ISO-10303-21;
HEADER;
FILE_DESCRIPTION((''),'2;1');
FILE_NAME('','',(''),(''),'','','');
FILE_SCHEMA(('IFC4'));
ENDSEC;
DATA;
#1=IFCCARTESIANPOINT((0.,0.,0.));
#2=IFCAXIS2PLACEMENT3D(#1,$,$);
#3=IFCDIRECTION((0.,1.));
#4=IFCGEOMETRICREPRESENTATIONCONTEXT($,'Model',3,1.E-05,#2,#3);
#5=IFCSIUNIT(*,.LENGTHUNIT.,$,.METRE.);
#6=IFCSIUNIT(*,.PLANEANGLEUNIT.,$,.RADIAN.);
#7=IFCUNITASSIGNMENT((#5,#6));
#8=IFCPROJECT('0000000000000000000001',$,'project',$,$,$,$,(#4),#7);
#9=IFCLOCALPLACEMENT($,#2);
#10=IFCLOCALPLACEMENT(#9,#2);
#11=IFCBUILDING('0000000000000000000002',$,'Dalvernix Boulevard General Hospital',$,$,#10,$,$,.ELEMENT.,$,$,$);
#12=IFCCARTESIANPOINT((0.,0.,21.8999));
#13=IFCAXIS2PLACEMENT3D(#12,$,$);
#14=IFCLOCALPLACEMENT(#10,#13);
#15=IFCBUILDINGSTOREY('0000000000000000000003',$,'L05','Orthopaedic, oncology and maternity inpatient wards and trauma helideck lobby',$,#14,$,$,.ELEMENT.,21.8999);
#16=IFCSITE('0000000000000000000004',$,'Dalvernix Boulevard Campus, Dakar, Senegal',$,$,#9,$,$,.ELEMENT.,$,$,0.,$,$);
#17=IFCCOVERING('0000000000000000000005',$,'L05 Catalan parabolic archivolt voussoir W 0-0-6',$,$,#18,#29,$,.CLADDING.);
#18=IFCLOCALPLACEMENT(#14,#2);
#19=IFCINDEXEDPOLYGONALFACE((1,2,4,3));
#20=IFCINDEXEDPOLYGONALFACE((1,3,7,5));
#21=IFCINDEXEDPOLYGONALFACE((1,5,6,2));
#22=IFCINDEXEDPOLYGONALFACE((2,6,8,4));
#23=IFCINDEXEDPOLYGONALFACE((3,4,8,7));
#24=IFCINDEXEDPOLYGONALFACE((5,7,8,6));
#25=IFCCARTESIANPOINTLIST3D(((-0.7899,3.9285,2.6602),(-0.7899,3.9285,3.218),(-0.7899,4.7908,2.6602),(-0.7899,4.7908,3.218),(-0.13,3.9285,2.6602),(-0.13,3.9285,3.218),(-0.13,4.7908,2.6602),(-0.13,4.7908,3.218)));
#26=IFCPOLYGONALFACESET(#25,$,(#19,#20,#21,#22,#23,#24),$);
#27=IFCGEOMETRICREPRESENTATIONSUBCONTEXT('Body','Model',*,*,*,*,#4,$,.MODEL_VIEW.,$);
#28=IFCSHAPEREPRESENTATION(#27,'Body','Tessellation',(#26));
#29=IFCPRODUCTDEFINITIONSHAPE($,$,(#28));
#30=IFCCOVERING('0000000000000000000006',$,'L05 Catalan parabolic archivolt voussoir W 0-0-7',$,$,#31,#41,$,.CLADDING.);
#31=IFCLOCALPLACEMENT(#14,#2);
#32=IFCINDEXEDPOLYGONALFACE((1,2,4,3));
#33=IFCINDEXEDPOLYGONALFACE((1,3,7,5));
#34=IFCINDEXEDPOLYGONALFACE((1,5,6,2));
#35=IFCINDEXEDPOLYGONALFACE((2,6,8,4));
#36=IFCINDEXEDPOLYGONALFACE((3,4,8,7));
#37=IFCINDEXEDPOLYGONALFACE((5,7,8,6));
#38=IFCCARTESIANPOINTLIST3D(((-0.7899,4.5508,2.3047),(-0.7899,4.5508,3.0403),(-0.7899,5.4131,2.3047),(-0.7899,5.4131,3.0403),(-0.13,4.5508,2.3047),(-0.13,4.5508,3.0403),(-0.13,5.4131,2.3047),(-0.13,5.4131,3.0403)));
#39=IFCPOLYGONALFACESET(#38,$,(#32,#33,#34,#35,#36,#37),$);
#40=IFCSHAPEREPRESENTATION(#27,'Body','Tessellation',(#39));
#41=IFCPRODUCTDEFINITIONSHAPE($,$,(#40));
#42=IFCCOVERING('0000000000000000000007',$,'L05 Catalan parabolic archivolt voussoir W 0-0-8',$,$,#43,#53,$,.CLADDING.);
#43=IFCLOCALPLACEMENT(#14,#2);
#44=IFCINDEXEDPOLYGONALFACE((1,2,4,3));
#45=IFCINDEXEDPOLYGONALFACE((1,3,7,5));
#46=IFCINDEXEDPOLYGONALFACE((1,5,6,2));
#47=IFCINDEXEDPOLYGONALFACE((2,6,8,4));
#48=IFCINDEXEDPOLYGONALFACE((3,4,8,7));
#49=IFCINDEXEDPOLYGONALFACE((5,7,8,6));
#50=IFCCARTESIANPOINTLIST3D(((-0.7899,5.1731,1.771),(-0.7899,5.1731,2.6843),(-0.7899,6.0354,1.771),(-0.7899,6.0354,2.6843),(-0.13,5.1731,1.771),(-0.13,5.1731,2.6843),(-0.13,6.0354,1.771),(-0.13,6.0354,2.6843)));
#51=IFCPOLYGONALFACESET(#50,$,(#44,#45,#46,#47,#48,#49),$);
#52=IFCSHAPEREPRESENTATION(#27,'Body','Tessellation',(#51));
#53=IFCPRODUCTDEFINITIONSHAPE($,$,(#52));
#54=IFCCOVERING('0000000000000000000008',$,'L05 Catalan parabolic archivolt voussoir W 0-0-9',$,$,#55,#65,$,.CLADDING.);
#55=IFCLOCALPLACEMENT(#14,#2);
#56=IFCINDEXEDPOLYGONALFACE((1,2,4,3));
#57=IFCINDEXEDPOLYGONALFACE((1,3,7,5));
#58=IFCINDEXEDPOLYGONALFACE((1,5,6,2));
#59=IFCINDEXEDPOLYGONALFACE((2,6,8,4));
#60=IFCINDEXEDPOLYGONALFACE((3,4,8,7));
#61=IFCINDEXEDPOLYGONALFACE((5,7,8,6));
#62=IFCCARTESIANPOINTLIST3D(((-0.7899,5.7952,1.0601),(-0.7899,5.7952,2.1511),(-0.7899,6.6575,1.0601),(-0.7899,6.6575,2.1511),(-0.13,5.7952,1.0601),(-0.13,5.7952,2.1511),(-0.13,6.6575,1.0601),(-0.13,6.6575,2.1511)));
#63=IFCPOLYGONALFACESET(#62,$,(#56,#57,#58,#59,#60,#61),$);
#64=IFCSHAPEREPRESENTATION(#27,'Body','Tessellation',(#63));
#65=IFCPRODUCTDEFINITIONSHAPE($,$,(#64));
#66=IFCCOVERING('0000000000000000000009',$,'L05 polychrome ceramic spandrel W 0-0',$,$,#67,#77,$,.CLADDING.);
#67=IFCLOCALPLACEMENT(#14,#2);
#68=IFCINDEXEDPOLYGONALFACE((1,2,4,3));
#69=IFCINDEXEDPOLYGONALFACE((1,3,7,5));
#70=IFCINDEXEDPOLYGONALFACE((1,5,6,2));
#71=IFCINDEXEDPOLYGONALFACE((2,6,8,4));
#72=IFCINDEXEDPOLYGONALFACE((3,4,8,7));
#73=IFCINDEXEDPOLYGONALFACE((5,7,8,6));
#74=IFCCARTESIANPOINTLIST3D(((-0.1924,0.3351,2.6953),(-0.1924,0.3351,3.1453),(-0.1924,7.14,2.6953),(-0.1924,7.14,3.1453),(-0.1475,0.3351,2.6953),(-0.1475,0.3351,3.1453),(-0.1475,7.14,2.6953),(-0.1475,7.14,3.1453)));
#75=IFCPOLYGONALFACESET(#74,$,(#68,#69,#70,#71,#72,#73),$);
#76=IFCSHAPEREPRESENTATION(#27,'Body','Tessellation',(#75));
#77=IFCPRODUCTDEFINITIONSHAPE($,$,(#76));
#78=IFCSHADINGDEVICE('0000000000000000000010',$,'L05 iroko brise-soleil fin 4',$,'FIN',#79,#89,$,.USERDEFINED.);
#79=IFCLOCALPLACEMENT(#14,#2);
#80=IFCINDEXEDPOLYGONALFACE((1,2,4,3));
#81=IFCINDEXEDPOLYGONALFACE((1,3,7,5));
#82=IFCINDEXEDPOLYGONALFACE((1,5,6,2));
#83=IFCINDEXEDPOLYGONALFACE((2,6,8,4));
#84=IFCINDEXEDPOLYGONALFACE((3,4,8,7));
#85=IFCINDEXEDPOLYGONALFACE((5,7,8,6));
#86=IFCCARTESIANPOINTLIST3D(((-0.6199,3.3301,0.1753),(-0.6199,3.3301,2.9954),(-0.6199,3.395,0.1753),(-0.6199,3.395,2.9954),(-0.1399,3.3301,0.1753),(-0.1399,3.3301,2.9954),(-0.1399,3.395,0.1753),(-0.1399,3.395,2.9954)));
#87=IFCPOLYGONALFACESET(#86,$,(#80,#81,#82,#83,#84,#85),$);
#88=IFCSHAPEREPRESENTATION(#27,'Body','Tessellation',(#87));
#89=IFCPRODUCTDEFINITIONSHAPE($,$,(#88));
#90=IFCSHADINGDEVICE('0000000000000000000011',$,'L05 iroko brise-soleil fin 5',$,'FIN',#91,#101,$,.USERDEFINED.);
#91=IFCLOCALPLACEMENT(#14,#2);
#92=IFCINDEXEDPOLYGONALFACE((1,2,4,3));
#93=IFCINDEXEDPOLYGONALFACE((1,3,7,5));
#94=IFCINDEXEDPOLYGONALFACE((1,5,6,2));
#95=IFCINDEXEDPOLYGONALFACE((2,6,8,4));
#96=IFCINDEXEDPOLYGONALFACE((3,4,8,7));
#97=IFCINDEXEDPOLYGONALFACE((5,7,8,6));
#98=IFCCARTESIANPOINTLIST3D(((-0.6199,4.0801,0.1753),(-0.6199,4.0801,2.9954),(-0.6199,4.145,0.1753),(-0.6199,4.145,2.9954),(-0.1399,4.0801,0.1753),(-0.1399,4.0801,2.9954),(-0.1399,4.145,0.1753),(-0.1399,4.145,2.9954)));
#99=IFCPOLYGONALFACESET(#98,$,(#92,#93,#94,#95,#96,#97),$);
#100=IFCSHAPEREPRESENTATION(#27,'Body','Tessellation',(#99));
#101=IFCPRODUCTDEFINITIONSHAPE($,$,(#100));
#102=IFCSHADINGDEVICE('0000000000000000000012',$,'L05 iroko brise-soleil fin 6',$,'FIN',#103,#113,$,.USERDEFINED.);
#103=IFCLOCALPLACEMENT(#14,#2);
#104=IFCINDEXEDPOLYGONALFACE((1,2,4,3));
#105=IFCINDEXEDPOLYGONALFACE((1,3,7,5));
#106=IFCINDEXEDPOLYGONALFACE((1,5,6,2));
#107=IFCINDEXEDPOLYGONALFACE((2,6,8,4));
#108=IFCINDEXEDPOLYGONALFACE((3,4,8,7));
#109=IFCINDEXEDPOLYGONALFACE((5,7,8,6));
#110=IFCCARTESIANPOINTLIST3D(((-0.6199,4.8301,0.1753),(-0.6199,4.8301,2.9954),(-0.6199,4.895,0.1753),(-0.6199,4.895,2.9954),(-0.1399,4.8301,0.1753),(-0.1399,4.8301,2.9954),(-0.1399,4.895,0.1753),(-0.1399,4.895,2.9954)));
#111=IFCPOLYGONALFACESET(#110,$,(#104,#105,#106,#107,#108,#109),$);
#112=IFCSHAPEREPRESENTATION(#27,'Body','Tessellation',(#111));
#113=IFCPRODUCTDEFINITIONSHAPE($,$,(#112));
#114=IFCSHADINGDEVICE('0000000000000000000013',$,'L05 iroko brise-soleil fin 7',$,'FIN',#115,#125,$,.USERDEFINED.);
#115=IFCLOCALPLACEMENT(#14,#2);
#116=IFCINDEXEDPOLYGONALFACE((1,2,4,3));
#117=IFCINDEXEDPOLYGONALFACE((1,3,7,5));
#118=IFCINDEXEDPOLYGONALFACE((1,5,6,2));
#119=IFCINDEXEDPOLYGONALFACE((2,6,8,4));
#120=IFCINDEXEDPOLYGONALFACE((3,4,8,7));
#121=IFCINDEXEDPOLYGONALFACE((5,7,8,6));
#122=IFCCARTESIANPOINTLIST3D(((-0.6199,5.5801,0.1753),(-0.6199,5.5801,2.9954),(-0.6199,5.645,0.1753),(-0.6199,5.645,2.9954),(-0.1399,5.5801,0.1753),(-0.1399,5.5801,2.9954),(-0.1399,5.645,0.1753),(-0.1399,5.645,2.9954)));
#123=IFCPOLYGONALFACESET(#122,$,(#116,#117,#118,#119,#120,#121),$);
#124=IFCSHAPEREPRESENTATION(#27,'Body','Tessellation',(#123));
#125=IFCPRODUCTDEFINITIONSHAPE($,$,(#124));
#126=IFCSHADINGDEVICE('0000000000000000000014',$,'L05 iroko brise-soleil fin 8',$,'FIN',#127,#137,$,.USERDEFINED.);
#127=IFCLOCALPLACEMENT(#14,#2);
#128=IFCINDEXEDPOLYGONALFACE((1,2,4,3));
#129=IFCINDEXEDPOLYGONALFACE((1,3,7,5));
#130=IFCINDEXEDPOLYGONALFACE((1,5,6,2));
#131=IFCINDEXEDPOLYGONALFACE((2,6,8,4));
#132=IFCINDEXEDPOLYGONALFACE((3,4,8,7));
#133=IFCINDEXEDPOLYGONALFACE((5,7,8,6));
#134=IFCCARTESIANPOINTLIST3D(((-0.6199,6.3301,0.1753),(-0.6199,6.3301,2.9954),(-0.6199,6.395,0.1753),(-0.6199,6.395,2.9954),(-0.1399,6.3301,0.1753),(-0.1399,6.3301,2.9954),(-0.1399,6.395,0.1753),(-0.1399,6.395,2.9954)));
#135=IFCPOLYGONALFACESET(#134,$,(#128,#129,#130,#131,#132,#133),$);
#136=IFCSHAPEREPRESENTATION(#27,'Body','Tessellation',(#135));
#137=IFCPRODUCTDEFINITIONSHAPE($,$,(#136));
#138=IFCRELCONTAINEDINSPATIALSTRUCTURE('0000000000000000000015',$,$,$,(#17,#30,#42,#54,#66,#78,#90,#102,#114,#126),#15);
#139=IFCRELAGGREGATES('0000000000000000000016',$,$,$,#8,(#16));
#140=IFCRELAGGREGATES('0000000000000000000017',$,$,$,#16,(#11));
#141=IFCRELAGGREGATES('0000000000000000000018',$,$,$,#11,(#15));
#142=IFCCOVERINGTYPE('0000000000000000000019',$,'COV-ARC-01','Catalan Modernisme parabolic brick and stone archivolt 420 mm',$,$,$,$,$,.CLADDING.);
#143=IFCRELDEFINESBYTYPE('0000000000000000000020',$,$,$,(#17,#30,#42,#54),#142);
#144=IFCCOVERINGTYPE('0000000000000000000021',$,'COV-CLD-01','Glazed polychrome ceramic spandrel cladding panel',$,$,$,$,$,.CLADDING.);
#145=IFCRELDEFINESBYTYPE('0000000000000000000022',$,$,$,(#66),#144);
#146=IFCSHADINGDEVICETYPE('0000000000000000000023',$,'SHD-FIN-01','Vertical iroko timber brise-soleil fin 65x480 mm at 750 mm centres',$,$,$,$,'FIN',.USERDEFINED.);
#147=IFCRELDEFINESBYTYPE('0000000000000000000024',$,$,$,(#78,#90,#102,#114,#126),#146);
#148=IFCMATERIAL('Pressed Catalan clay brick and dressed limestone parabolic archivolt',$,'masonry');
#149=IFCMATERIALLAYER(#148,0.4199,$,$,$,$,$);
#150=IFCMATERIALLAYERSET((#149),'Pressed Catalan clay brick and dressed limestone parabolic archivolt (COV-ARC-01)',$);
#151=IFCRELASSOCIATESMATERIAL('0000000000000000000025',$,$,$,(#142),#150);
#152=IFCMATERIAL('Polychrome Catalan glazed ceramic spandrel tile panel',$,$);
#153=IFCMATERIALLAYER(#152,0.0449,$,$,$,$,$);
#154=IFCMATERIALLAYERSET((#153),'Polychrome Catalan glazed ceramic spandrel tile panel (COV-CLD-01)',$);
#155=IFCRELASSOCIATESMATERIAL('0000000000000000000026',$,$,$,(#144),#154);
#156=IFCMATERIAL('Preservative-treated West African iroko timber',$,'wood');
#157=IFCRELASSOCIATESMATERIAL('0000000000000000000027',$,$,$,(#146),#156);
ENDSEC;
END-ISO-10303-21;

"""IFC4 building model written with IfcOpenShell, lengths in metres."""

from ifc_helpers import new_model, si_unit, direction, frame, origin, origin_2d, place, context, subcontext, project, spatial, rectangle, extrude, material, layer, layer_set, type_object, element, save


model = new_model("IFC4")

# Units and contexts
model_context = context("Model", 3, precision=1e-05, world=origin(), true_north=direction((0.0, 1.0)))
body_context = subcontext(model_context, "Body", "Model", "MODEL_VIEW")
ifc_project = project(units=[si_unit("LENGTHUNIT", "METRE"), si_unit("PLANEANGLEUNIT", "RADIAN")], contexts=[model_context])

# Site, building, storey
site_placement = place(None, origin())
site = spatial("IfcSite", under=ifc_project, at=site_placement, Name="Dalvernix Boulevard Campus, Dakar, Senegal", CompositionType="ELEMENT", RefElevation=0.0)
building_placement = place(site_placement, origin())
building = spatial("IfcBuilding", under=site, at=building_placement, Name="Dalvernix Boulevard General Hospital", CompositionType="ELEMENT")
storey_placement = place(building_placement, frame((0.0, 0.0, 21.8999)))
storey = spatial("IfcBuildingStorey", under=building, at=storey_placement, Name="L05", Description="Orthopaedic, oncology and maternity inpatient wards and trauma helideck lobby", CompositionType="ELEMENT", Elevation=21.8999)

# Coverings
ifc_material_1 = material(Name="Pressed Catalan clay brick and dressed limestone parabolic archivolt", Category="masonry")
ifc_layer_1 = layer(ifc_material_1, 0.4199)
ifc_layer_set_1 = layer_set([ifc_layer_1], Name="Pressed Catalan clay brick and dressed limestone parabolic archivolt (COV-ARC-01)")
covering_type_1 = type_object("IfcCoveringType", Name="COV-ARC-01", Description="Catalan Modernisme parabolic brick and stone archivolt 420 mm", PredefinedType="CLADDING", material=ifc_layer_set_1)
covering_1_placement = place(storey_placement, frame((-0.46, 4.3596, 2.6602), z_axis=(0.0, 0.0, 1.0), x_axis=(0.0, 1.0, 0.0)))
element("IfcCovering", 1, at=covering_1_placement, inside=storey, type_object=covering_type_1, Name="L05 Catalan parabolic archivolt voussoir W 0-0-6", PredefinedType="CLADDING", context=body_context, shape_type="SweptSolid", body=[
    extrude(rectangle(XDim=0.8623, YDim=0.6599, at=origin_2d()), origin(), (0.0, 0.0, 1.0), 0.5579),
])
covering_2_placement = place(storey_placement, frame((-0.46, 4.9819, 2.3047), z_axis=(0.0, 0.0, 1.0), x_axis=(0.0, 1.0, 0.0)))
element("IfcCovering", 2, at=covering_2_placement, inside=storey, type_object=covering_type_1, Name="L05 Catalan parabolic archivolt voussoir W 0-0-7", PredefinedType="CLADDING", context=body_context, shape_type="SweptSolid", body=[
    extrude(rectangle(XDim=0.8623, YDim=0.6599, at=origin_2d()), origin(), (0.0, 0.0, 1.0), 0.7356),
])
covering_3_placement = place(storey_placement, frame((-0.46, 5.6042, 1.771), z_axis=(0.0, 0.0, 1.0), x_axis=(0.0, 1.0, 0.0)))
element("IfcCovering", 3, at=covering_3_placement, inside=storey, type_object=covering_type_1, Name="L05 Catalan parabolic archivolt voussoir W 0-0-8", PredefinedType="CLADDING", context=body_context, shape_type="SweptSolid", body=[
    extrude(rectangle(XDim=0.8623, YDim=0.6599, at=origin_2d()), origin(), (0.0, 0.0, 1.0), 0.9133),
])
covering_4_placement = place(storey_placement, frame((-0.46, 6.2263, 1.0601), z_axis=(0.0, 0.0, 1.0), x_axis=(0.0, 1.0, 0.0)))
element("IfcCovering", 4, at=covering_4_placement, inside=storey, type_object=covering_type_1, Name="L05 Catalan parabolic archivolt voussoir W 0-0-9", PredefinedType="CLADDING", context=body_context, shape_type="SweptSolid", body=[
    extrude(rectangle(XDim=0.8623, YDim=0.6599, at=origin_2d()), origin(), (0.0, 0.0, 1.0), 1.0911),
])
ifc_material_2 = material(Name="Polychrome Catalan glazed ceramic spandrel tile panel")
ifc_layer_2 = layer(ifc_material_2, 0.0449)
ifc_layer_set_2 = layer_set([ifc_layer_2], Name="Polychrome Catalan glazed ceramic spandrel tile panel (COV-CLD-01)")
covering_type_2 = type_object("IfcCoveringType", Name="COV-CLD-01", Description="Glazed polychrome ceramic spandrel cladding panel", PredefinedType="CLADDING", material=ifc_layer_set_2)
covering_5_placement = place(storey_placement, frame((-0.1699, 3.7375, 2.6953), z_axis=(0.0, 0.0, 1.0), x_axis=(0.0, 1.0, 0.0)))
element("IfcCovering", 5, at=covering_5_placement, inside=storey, type_object=covering_type_2, Name="L05 polychrome ceramic spandrel W 0-0", PredefinedType="CLADDING", context=body_context, shape_type="SweptSolid", body=[
    extrude(rectangle(XDim=6.8049, YDim=0.0449, at=origin_2d()), origin(), (0.0, 0.0, 1.0), 0.45),
])

# Shading devices
ifc_material_3 = material(Name="Preservative-treated West African iroko timber", Category="wood")
shading_device_type = type_object("IfcShadingDeviceType", Name="SHD-FIN-01", Description="Vertical iroko timber brise-soleil fin 65x480 mm at 750 mm centres", ElementType="FIN", PredefinedType="USERDEFINED", material=ifc_material_3)
for number, where, z_axis, x_axis, name in (
    (6, (-0.3799, 3.3625, 0.1753), (0.0, 0.0, 1.0), (0.0, 1.0, 0.0), "L05 iroko brise-soleil fin 4"),
    (7, (-0.3799, 4.1125, 0.1753), (0.0, 0.0, 1.0), (0.0, 1.0, 0.0), "L05 iroko brise-soleil fin 5"),
    (8, (-0.3799, 4.8625, 0.1753), (0.0, 0.0, 1.0), (0.0, 1.0, 0.0), "L05 iroko brise-soleil fin 6"),
    (9, (-0.3799, 5.6125, 0.1753), (0.0, 0.0, 1.0), (0.0, 1.0, 0.0), "L05 iroko brise-soleil fin 7"),
    (10, (-0.3799, 6.3625, 0.1753), (0.0, 0.0, 1.0), (0.0, 1.0, 0.0), "L05 iroko brise-soleil fin 8"),
):
    element("IfcShadingDevice", number, at=place(storey_placement, frame(where, z_axis=z_axis, x_axis=x_axis)), inside=storey, type_object=shading_device_type, Name=name, ObjectType="FIN", PredefinedType="USERDEFINED", context=body_context, shape_type="SweptSolid", body=[
        extrude(rectangle(XDim=0.0649, YDim=0.48, at=origin_2d()), origin(), (0.0, 0.0, 1.0), 2.8201),
    ])

save(model, "model.ifc")
